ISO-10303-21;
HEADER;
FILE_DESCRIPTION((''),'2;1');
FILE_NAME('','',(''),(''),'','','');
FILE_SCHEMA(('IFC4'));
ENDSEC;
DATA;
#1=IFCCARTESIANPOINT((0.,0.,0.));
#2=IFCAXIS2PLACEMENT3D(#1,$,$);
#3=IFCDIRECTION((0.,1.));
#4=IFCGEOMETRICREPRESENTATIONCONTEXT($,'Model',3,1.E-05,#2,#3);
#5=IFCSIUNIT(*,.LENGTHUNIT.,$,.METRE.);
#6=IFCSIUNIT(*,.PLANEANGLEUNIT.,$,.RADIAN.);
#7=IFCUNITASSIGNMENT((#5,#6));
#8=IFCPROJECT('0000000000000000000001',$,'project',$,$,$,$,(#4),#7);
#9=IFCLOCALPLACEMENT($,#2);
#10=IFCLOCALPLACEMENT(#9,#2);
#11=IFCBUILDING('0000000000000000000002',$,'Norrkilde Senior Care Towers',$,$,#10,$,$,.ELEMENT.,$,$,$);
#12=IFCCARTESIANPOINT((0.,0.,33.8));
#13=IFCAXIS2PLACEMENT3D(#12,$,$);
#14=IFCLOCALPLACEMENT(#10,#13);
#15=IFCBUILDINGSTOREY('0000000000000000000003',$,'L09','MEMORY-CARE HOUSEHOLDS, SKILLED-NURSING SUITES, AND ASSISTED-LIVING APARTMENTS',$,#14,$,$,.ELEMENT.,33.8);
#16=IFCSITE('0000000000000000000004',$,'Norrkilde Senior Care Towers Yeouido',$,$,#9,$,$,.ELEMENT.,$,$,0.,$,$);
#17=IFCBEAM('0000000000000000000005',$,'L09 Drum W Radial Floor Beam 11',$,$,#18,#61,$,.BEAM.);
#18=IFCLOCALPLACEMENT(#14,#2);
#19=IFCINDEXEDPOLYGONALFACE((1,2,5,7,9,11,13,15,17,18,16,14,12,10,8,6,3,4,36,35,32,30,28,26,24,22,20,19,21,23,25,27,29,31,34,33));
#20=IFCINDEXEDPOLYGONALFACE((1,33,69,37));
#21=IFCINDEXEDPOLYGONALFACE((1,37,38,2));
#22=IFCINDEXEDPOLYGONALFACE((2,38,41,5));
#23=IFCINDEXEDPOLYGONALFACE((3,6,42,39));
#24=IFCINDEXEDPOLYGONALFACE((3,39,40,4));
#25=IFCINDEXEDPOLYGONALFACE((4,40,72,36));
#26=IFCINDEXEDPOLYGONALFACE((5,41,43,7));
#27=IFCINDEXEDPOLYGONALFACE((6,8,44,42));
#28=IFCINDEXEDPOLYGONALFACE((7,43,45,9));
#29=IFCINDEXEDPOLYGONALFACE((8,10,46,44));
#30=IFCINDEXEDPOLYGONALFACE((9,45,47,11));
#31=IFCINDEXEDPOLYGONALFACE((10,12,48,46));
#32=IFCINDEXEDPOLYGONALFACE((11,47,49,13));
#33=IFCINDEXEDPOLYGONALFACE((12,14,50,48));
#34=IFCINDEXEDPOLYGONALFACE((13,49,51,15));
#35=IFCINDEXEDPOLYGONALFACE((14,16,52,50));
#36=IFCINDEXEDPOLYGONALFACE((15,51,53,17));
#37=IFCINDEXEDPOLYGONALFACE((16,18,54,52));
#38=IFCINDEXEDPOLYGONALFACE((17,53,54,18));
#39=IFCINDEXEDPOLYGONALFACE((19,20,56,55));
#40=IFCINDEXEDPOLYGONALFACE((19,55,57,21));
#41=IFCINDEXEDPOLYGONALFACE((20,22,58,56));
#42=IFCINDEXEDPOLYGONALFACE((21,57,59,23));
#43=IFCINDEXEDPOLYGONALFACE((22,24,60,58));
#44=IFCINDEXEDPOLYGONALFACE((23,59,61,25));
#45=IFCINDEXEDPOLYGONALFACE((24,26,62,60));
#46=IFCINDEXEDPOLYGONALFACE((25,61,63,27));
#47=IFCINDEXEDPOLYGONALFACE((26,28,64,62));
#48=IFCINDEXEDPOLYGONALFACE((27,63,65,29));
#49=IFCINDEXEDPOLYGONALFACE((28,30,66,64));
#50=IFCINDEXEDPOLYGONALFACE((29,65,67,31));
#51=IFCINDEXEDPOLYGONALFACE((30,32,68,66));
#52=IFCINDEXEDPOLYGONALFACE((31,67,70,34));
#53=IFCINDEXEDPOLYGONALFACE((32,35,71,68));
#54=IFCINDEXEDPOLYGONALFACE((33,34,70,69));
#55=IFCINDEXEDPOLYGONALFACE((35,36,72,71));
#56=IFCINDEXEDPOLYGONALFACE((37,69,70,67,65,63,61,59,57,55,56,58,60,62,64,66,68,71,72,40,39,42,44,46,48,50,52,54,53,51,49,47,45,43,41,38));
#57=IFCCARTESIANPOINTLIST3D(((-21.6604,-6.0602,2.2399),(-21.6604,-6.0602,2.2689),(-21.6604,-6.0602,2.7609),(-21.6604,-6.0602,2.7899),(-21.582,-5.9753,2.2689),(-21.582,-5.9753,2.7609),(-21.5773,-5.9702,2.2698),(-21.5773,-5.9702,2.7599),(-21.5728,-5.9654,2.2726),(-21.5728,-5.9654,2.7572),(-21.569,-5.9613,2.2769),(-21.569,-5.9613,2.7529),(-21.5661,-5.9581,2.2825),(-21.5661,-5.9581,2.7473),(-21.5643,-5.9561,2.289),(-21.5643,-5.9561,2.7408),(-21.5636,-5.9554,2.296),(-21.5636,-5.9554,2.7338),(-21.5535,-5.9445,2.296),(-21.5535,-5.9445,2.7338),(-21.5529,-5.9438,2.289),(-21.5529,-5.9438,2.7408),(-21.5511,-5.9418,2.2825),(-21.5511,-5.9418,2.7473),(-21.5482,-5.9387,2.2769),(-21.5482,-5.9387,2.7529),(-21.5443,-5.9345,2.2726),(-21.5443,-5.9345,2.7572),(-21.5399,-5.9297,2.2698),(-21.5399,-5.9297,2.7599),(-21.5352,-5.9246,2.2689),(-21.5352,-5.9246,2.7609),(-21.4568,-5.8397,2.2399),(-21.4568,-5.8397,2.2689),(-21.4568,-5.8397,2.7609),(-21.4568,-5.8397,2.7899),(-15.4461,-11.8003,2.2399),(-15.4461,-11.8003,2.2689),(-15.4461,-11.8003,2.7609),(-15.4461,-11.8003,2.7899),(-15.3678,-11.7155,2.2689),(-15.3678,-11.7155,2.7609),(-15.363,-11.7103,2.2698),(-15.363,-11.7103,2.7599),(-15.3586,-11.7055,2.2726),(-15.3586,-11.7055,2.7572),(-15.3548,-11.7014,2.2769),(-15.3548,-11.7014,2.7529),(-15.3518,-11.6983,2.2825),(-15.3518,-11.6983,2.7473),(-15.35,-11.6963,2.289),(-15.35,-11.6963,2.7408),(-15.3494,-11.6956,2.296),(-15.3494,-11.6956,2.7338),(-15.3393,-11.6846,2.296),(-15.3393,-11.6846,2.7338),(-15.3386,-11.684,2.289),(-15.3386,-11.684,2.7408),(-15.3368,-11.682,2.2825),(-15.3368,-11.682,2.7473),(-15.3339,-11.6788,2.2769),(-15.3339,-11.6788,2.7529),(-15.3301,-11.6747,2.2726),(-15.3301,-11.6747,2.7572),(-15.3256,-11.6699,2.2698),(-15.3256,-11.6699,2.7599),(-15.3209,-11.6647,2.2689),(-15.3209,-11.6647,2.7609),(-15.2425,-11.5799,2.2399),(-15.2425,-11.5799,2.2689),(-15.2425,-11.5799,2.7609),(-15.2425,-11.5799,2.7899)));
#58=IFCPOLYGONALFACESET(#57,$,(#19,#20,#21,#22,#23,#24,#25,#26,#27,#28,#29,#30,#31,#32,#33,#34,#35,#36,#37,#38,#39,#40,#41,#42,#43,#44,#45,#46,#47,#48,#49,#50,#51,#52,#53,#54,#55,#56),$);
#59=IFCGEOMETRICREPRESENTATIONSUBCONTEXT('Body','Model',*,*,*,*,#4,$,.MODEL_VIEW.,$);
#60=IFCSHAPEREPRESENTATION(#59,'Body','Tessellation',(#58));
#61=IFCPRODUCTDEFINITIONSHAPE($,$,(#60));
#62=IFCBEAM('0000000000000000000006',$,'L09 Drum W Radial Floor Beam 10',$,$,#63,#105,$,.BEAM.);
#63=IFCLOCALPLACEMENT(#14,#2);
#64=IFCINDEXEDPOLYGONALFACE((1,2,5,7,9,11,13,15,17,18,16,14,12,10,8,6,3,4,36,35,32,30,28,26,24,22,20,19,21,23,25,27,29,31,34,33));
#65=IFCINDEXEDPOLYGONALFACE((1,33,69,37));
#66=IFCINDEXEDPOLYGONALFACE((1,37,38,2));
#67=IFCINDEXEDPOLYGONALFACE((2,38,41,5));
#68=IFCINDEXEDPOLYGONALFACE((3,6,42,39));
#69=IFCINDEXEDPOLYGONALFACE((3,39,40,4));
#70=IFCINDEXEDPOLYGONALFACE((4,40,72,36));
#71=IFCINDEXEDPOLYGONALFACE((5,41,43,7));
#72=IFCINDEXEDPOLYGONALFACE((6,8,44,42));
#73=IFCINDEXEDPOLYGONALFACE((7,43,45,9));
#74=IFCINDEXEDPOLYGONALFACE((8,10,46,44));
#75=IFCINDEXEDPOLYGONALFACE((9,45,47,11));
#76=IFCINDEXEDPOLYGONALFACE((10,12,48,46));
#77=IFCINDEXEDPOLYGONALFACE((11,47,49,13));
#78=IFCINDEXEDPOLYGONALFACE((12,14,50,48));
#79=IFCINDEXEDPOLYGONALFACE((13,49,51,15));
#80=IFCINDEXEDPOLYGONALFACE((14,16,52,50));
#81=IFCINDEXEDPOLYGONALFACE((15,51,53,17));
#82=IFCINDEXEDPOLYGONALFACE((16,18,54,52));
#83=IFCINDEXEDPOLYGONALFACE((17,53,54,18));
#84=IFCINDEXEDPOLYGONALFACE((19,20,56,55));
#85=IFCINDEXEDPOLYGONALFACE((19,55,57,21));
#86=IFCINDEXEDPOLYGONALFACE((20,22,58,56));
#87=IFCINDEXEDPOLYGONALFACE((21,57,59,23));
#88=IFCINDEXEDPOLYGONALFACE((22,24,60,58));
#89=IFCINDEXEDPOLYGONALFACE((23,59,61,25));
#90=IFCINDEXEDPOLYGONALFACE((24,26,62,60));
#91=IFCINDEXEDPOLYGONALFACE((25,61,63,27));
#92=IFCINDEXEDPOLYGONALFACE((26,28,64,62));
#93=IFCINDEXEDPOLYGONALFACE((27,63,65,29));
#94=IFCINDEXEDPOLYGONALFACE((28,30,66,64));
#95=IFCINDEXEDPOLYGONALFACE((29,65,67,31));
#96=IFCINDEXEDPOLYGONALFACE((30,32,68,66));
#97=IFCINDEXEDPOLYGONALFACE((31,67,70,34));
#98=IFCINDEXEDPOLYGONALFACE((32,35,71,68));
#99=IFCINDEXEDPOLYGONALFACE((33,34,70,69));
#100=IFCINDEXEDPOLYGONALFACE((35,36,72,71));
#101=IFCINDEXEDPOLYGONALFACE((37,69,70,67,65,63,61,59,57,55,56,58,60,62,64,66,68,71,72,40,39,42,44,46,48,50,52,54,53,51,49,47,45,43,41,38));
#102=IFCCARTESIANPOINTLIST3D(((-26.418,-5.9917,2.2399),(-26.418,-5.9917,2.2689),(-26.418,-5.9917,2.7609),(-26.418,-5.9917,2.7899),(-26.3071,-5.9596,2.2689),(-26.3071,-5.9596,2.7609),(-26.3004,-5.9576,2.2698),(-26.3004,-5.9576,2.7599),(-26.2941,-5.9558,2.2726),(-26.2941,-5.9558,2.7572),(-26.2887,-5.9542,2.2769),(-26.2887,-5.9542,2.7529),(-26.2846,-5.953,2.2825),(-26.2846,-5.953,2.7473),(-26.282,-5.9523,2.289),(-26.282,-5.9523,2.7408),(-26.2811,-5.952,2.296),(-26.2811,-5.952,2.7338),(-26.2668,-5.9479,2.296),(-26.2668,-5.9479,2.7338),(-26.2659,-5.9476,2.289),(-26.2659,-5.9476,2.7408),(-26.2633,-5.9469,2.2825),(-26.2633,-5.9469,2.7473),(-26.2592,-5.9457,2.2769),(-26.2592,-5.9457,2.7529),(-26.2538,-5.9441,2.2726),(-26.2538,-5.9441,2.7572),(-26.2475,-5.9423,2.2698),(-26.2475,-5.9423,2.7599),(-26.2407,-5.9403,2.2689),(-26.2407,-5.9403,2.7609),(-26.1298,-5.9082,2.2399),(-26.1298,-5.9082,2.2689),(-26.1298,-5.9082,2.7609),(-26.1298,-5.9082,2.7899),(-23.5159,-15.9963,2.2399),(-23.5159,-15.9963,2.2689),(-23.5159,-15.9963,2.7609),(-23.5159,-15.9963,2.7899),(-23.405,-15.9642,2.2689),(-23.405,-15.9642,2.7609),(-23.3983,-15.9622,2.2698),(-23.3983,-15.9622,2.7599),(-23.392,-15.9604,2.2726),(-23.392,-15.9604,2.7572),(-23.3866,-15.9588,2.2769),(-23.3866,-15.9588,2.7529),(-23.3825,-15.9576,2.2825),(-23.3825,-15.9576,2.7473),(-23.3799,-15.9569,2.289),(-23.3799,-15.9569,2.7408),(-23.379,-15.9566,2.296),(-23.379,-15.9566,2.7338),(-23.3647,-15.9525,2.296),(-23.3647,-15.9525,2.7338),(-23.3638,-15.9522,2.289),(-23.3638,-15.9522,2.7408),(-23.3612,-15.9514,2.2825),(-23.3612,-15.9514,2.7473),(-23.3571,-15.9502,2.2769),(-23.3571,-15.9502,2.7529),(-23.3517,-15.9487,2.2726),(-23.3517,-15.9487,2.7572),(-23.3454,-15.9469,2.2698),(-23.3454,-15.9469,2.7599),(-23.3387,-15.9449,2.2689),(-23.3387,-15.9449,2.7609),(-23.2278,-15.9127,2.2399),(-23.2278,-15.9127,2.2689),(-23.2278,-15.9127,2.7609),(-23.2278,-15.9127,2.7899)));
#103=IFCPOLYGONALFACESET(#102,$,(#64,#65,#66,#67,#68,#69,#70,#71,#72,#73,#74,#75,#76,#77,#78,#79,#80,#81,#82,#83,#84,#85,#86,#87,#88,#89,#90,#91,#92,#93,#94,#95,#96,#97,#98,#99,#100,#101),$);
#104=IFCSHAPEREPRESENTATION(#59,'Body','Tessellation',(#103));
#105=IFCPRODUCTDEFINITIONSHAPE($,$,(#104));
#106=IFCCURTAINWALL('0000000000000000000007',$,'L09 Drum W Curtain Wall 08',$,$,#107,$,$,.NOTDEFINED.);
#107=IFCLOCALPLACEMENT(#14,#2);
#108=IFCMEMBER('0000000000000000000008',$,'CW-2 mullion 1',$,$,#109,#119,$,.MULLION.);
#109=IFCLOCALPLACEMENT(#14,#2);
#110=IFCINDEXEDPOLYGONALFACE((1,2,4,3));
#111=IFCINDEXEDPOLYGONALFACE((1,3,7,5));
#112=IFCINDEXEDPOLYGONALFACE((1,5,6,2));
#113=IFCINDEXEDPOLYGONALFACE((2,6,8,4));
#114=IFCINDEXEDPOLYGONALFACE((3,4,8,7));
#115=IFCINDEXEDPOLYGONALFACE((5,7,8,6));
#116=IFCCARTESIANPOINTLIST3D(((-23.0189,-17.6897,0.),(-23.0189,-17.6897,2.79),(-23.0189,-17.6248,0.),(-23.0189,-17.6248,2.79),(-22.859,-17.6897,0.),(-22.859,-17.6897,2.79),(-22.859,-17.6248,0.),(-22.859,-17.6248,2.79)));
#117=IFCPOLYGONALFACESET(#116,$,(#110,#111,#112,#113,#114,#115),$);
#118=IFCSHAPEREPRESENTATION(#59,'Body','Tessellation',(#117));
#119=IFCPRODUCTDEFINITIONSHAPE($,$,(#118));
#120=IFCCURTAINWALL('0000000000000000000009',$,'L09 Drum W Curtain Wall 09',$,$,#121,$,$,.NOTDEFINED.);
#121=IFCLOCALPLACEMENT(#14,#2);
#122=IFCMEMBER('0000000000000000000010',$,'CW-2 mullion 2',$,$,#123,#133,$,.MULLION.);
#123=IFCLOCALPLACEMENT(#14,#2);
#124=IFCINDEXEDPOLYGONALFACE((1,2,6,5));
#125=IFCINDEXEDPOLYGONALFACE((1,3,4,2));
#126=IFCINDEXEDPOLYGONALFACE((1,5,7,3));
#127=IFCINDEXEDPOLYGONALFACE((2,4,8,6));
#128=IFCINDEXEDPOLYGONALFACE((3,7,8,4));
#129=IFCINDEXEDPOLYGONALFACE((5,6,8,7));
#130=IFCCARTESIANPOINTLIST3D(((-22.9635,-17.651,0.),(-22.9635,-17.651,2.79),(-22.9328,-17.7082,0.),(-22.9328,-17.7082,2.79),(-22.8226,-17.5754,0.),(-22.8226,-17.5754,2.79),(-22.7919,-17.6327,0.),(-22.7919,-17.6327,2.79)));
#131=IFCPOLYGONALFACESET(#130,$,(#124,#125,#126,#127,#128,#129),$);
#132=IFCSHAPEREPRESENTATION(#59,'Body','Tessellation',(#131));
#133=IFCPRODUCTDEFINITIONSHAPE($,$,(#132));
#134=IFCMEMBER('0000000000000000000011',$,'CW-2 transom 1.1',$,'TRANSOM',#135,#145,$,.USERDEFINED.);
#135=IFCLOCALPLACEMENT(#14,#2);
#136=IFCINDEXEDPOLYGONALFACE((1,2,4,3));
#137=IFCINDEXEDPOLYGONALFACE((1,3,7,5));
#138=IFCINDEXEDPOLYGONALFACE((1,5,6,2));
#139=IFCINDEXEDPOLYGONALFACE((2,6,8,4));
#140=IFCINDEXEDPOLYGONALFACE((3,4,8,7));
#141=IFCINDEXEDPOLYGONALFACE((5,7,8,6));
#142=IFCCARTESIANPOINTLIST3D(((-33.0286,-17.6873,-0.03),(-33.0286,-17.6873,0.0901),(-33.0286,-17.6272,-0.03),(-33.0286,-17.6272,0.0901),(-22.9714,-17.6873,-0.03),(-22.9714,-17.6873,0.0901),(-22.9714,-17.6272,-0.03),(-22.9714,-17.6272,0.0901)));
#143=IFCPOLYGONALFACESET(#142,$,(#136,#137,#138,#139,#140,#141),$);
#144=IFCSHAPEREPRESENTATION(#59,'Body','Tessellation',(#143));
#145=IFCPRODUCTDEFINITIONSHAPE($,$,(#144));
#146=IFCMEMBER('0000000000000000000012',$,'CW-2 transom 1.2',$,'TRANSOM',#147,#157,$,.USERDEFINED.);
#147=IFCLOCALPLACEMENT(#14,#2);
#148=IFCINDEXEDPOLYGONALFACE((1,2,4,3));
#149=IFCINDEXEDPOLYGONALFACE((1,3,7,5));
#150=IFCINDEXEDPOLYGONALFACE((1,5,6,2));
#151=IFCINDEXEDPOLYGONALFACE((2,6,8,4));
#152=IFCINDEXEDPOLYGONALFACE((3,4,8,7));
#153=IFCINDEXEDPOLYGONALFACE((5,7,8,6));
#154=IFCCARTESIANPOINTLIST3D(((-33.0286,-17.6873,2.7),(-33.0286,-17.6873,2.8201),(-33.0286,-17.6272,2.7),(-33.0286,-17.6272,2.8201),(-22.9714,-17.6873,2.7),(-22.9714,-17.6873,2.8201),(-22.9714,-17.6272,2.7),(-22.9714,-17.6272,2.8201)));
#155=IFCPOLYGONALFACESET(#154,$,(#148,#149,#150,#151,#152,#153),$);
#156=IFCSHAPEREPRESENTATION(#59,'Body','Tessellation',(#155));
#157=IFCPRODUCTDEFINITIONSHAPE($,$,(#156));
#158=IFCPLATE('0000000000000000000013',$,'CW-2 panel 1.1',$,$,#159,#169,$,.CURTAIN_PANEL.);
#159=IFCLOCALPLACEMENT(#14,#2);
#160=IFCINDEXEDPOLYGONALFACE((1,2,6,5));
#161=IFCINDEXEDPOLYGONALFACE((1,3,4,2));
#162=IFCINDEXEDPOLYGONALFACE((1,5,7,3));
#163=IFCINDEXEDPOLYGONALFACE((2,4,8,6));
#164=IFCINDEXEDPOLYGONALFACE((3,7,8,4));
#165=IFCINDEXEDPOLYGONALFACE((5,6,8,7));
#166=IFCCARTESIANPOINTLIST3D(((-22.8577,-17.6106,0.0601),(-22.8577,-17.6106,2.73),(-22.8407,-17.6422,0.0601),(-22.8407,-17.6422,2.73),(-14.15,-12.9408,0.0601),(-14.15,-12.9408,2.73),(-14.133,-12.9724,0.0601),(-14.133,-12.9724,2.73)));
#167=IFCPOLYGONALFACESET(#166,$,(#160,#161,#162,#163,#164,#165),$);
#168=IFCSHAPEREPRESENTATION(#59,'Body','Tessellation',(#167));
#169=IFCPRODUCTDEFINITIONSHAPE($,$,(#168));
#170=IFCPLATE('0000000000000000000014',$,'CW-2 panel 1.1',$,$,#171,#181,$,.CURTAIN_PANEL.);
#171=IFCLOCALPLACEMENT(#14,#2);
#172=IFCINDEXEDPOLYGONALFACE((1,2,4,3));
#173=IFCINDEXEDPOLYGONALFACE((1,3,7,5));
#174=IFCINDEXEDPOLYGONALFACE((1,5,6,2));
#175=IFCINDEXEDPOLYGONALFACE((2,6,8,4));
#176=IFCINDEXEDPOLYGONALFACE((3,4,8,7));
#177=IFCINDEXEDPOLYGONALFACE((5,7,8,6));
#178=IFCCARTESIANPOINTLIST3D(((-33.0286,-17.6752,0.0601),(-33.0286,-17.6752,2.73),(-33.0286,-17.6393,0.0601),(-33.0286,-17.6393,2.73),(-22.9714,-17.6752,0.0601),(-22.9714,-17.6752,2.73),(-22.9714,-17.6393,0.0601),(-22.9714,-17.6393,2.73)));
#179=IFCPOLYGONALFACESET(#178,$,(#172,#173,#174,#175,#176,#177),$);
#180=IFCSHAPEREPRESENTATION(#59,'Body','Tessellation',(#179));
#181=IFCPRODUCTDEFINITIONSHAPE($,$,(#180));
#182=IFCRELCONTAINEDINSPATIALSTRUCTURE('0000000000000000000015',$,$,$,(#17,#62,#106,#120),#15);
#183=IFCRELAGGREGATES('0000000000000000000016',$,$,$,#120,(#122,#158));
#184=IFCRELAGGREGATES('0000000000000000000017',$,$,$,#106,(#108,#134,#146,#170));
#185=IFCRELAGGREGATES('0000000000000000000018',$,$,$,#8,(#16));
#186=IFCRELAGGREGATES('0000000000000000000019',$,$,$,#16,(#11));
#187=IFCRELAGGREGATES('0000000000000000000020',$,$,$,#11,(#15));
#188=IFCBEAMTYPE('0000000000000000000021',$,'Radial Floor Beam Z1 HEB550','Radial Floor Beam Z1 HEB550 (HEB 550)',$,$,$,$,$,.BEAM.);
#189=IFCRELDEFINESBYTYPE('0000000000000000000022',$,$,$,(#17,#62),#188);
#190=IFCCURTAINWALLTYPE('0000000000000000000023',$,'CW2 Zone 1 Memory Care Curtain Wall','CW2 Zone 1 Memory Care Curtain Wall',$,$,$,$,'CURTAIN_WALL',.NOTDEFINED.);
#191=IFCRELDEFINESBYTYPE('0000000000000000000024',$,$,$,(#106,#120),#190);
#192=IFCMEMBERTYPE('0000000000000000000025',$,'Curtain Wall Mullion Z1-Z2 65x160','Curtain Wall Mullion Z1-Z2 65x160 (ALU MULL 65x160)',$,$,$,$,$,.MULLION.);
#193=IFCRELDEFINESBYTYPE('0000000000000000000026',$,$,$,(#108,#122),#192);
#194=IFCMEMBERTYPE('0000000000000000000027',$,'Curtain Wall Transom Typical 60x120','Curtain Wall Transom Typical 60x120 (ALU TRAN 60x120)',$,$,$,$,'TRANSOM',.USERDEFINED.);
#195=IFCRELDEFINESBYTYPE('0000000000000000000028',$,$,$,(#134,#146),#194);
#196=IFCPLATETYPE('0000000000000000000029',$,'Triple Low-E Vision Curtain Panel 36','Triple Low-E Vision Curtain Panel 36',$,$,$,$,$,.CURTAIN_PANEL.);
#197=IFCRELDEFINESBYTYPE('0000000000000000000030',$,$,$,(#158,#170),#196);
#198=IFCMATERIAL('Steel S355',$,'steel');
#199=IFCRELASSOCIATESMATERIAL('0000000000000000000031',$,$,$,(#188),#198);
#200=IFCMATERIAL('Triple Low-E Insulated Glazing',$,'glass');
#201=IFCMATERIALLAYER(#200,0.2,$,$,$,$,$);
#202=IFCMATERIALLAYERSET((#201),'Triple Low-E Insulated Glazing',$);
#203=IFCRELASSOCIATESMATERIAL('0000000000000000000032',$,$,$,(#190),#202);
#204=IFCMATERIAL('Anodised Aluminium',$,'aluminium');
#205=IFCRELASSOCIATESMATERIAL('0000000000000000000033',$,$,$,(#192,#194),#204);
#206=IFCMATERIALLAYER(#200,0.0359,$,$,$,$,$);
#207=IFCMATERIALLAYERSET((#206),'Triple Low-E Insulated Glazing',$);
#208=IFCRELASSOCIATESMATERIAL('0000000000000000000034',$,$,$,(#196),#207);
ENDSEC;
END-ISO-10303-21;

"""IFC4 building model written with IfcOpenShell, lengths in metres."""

from ifc_helpers import new_model, si_unit, direction, frame, origin, origin_2d, place, context, subcontext, project, spatial, rectangle, i_section, extrude, source, transform, mapped, material, layer, layer_set, material_profile, profile_set, type_object, type_shapes, element, aggregate, save


model = new_model("IFC4")

# Units and contexts
model_context = context("Model", 3, precision=1e-05, world=origin(), true_north=direction((0.0, 1.0)))
body_context = subcontext(model_context, "Body", "Model", "MODEL_VIEW")
ifc_project = project(units=[si_unit("LENGTHUNIT", "METRE"), si_unit("PLANEANGLEUNIT", "RADIAN")], contexts=[model_context])

# Site, building, storey
site_placement = place(None, origin())
site = spatial("IfcSite", under=ifc_project, at=site_placement, Name="Norrkilde Senior Care Towers Yeouido", CompositionType="ELEMENT", RefElevation=0.0)
building_placement = place(site_placement, origin())
building = spatial("IfcBuilding", under=site, at=building_placement, Name="Norrkilde Senior Care Towers", CompositionType="ELEMENT")
storey_placement = place(building_placement, frame((0.0, 0.0, 33.8)))
storey = spatial("IfcBuildingStorey", under=building, at=storey_placement, Name="L09", Description="MEMORY-CARE HOUSEHOLDS, SKILLED-NURSING SUITES, AND ASSISTED-LIVING APARTMENTS", CompositionType="ELEMENT", Elevation=33.8)

# Beams
ifc_material_1 = material(Name="Steel S355", Category="steel")
ifc_material_profile_1 = material_profile(ifc_material_1, i_section(OverallWidth=0.3, OverallDepth=0.55, WebThickness=0.0149, FlangeThickness=0.0291, FilletRadius=0.0271, at=origin_2d()), Name="HEB 550")
ifc_profile_set_1 = profile_set([ifc_material_profile_1], Name="Steel S355")
beam_type_1 = type_object("IfcBeamType", Name="Radial Floor Beam Z1 HEB550", Description="Radial Floor Beam Z1 HEB550 (HEB 550)", PredefinedType="BEAM", material=ifc_profile_set_1)
shared_shape_1 = source(origin(), body_context, "Body", "SweptSolid", [
    extrude(i_section(OverallWidth=0.3, OverallDepth=0.55, WebThickness=0.0149, FlangeThickness=0.0291, FilletRadius=0.0271, at=origin_2d()), origin(), (0.0, 0.0, 1.0), 8.4597),
])
beam_1_placement = place(storey_placement, frame((-21.5586, -5.95, 2.5149), z_axis=(0.734573, -0.678529, 0.0), x_axis=(0.678529, 0.734573, 0.0)))
element("IfcBeam", 1, at=beam_1_placement, inside=storey, type_object=beam_type_1, Name="L09 Drum W Radial Floor Beam 11", PredefinedType="BEAM", context=body_context, shape_type="MappedRepresentation", body=[
    mapped(shared_shape_1, transform((0.0, 0.0, 0.0), x_axis=(1.0, 0.0, 0.0), y_axis=(0.0, 1.0, 0.0), z_axis=(0.0, 0.0, 1.0), scale=1.0)),
])
shared_shape_2 = source(origin(), body_context, "Body", "SweptSolid", [
    extrude(i_section(OverallWidth=0.3, OverallDepth=0.55, WebThickness=0.0149, FlangeThickness=0.0291, FilletRadius=0.0271, at=origin_2d()), origin(), (0.0, 0.0, 1.0), 10.417),
])
beam_2_placement = place(storey_placement, frame((-26.2739, -5.95, 2.5149), z_axis=(0.278591, -0.96041, 0.0), x_axis=(0.96041, 0.278591, 0.0)))
element("IfcBeam", 2, at=beam_2_placement, inside=storey, type_object=beam_type_1, Name="L09 Drum W Radial Floor Beam 10", PredefinedType="BEAM", context=body_context, shape_type="MappedRepresentation", body=[
    mapped(shared_shape_2, transform((0.0, 0.0, 0.0), x_axis=(1.0, 0.0, 0.0), y_axis=(0.0, 1.0, 0.0), z_axis=(0.0, 0.0, 1.0), scale=1.0)),
])

# Curtain walls, members
ifc_material_2 = material(Name="Triple Low-E Insulated Glazing", Category="glass")
ifc_layer_1 = layer(ifc_material_2, 0.2)
ifc_layer_set_1 = layer_set([ifc_layer_1], Name="Triple Low-E Insulated Glazing")
curtain_wall_type = type_object("IfcCurtainWallType", Name="CW2 Zone 1 Memory Care Curtain Wall", Description="CW2 Zone 1 Memory Care Curtain Wall", ElementType="CURTAIN_WALL", PredefinedType="NOTDEFINED", material=ifc_layer_set_1)
curtain_wall_1_placement = place(storey_placement, origin())
curtain_wall_1 = element("IfcCurtainWall", 3, at=curtain_wall_1_placement, inside=storey, type_object=curtain_wall_type, Name="L09 Drum W Curtain Wall 08", PredefinedType="NOTDEFINED")
ifc_material_3 = material(Name="Anodised Aluminium", Category="aluminium")
ifc_material_profile_2 = material_profile(ifc_material_3, rectangle(XDim=0.0649, YDim=0.1599, at=origin_2d()), Name="ALU MULL 65x160")
ifc_profile_set_2 = profile_set([ifc_material_profile_2], Name="Anodised Aluminium")
member_type_1 = type_object("IfcMemberType", Name="Curtain Wall Mullion Z1-Z2 65x160", Description="Curtain Wall Mullion Z1-Z2 65x160 (ALU MULL 65x160)", PredefinedType="MULLION", material=ifc_profile_set_2)
shared_shape_3 = source(origin(), body_context, "Body", "SweptSolid", [
    extrude(rectangle(XDim=0.0649, YDim=0.1599, at=origin_2d()), origin(), (0.0, 0.0, 1.0), 2.79),
])
type_shapes(member_type_1, [shared_shape_3])
member_1_placement = place(storey_placement, frame((-22.939, -17.6572, 0.0), z_axis=(0.0, 0.0, 1.0), x_axis=(0.0, -1.0, 0.0)))
member_1 = element("IfcMember", 4, at=member_1_placement, type_object=member_type_1, Name="CW-2 mullion 1", PredefinedType="MULLION", context=body_context, shape_type="MappedRepresentation", body=[
    mapped(shared_shape_3, transform((0.0, 0.0, 0.0), x_axis=(1.0, 0.0, 0.0), y_axis=(0.0, 1.0, 0.0), z_axis=(0.0, 0.0, 1.0), scale=1.0)),
])
curtain_wall_2_placement = place(storey_placement, origin())
curtain_wall_2 = element("IfcCurtainWall", 5, at=curtain_wall_2_placement, inside=storey, type_object=curtain_wall_type, Name="L09 Drum W Curtain Wall 09", PredefinedType="NOTDEFINED")
member_2_placement = place(storey_placement, frame((-22.8777, -17.6418, 0.0), z_axis=(0.0, 0.0, 1.0), x_axis=(0.472608, -0.881273, 0.0)))
member_2 = element("IfcMember", 6, at=member_2_placement, type_object=member_type_1, Name="CW-2 mullion 2", PredefinedType="MULLION", context=body_context, shape_type="MappedRepresentation", body=[
    mapped(shared_shape_3, transform((0.0, 0.0, 0.0), x_axis=(1.0, 0.0, 0.0), y_axis=(0.0, 1.0, 0.0), z_axis=(0.0, 0.0, 1.0), scale=1.0)),
])

# Members
ifc_material_profile_3 = material_profile(ifc_material_3, rectangle(XDim=0.0601, YDim=0.1201, at=origin_2d()), Name="ALU TRAN 60x120")
ifc_profile_set_3 = profile_set([ifc_material_profile_3], Name="Anodised Aluminium")
member_type_2 = type_object("IfcMemberType", Name="Curtain Wall Transom Typical 60x120", Description="Curtain Wall Transom Typical 60x120 (ALU TRAN 60x120)", ElementType="TRANSOM", PredefinedType="USERDEFINED", material=ifc_profile_set_3)
shared_shape_4 = source(origin(), body_context, "Body", "SweptSolid", [
    extrude(rectangle(XDim=0.0601, YDim=0.1201, at=origin_2d()), origin(), (0.0, 0.0, 1.0), 10.0571),
])
type_shapes(member_type_2, [shared_shape_4])
member_3_placement = place(storey_placement, frame((-22.9714, -17.6572, 0.03), z_axis=(-1.0, 0.0, 0.0), x_axis=(0.0, -1.0, 0.0)))
member_3 = element("IfcMember", 7, at=member_3_placement, type_object=member_type_2, Name="CW-2 transom 1.1", ObjectType="TRANSOM", PredefinedType="USERDEFINED", context=body_context, shape_type="MappedRepresentation", body=[
    mapped(shared_shape_4, transform((0.0, 0.0, 0.0), x_axis=(1.0, 0.0, 0.0), y_axis=(0.0, 1.0, 0.0), z_axis=(0.0, 0.0, 1.0), scale=1.0)),
])
member_4_placement = place(storey_placement, frame((-22.9714, -17.6572, 2.76), z_axis=(-1.0, 0.0, 0.0), x_axis=(0.0, -1.0, 0.0)))
member_4 = element("IfcMember", 8, at=member_4_placement, type_object=member_type_2, Name="CW-2 transom 1.2", ObjectType="TRANSOM", PredefinedType="USERDEFINED", context=body_context, shape_type="MappedRepresentation", body=[
    mapped(shared_shape_4, transform((0.0, 0.0, 0.0), x_axis=(1.0, 0.0, 0.0), y_axis=(0.0, 1.0, 0.0), z_axis=(0.0, 0.0, 1.0), scale=1.0)),
])

# Plates
ifc_layer_2 = layer(ifc_material_2, 0.0359)
ifc_layer_set_2 = layer_set([ifc_layer_2], Name="Triple Low-E Insulated Glazing")
plate_type = type_object("IfcPlateType", Name="Triple Low-E Vision Curtain Panel 36", Description="Triple Low-E Vision Curtain Panel 36", PredefinedType="CURTAIN_PANEL", material=ifc_layer_set_2)
shared_shape_5 = source(origin(), body_context, "Body", "SweptSolid", [
    extrude(rectangle(XDim=9.8809, YDim=0.0359, at=origin_2d()), origin(), (0.0, 0.0, 1.0), 2.6699),
])
plate_1_placement = place(storey_placement, frame((-18.4954, -15.2915, 0.0601), z_axis=(0.0, 0.0, 1.0), x_axis=(-0.881273, -0.472608, 0.0)))
plate_1 = element("IfcPlate", 9, at=plate_1_placement, type_object=plate_type, Name="CW-2 panel 1.1", PredefinedType="CURTAIN_PANEL", context=body_context, shape_type="MappedRepresentation", body=[
    mapped(shared_shape_5, transform((0.0, 0.0, 0.0), x_axis=(1.0, 0.0, 0.0), y_axis=(0.0, 1.0, 0.0), z_axis=(0.0, 0.0, 1.0), scale=1.0)),
])
aggregate(curtain_wall_2, [member_2, plate_1])
shared_shape_6 = source(origin(), body_context, "Body", "SweptSolid", [
    extrude(rectangle(XDim=10.0571, YDim=0.0359, at=origin_2d()), origin(), (0.0, 0.0, 1.0), 2.6699),
])
type_shapes(plate_type, [shared_shape_5, shared_shape_6])
plate_2_placement = place(storey_placement, frame((-28.0, -17.6572, 0.0601), z_axis=(0.0, 0.0, 1.0), x_axis=(-1.0, 0.0, 0.0)))
plate_2 = element("IfcPlate", 10, at=plate_2_placement, type_object=plate_type, Name="CW-2 panel 1.1", PredefinedType="CURTAIN_PANEL", context=body_context, shape_type="MappedRepresentation", body=[
    mapped(shared_shape_6, transform((0.0, 0.0, 0.0), x_axis=(1.0, 0.0, 0.0), y_axis=(0.0, 1.0, 0.0), z_axis=(0.0, 0.0, 1.0), scale=1.0)),
])
aggregate(curtain_wall_1, [member_1, member_3, member_4, plate_2])

save(model, "model.ifc")
